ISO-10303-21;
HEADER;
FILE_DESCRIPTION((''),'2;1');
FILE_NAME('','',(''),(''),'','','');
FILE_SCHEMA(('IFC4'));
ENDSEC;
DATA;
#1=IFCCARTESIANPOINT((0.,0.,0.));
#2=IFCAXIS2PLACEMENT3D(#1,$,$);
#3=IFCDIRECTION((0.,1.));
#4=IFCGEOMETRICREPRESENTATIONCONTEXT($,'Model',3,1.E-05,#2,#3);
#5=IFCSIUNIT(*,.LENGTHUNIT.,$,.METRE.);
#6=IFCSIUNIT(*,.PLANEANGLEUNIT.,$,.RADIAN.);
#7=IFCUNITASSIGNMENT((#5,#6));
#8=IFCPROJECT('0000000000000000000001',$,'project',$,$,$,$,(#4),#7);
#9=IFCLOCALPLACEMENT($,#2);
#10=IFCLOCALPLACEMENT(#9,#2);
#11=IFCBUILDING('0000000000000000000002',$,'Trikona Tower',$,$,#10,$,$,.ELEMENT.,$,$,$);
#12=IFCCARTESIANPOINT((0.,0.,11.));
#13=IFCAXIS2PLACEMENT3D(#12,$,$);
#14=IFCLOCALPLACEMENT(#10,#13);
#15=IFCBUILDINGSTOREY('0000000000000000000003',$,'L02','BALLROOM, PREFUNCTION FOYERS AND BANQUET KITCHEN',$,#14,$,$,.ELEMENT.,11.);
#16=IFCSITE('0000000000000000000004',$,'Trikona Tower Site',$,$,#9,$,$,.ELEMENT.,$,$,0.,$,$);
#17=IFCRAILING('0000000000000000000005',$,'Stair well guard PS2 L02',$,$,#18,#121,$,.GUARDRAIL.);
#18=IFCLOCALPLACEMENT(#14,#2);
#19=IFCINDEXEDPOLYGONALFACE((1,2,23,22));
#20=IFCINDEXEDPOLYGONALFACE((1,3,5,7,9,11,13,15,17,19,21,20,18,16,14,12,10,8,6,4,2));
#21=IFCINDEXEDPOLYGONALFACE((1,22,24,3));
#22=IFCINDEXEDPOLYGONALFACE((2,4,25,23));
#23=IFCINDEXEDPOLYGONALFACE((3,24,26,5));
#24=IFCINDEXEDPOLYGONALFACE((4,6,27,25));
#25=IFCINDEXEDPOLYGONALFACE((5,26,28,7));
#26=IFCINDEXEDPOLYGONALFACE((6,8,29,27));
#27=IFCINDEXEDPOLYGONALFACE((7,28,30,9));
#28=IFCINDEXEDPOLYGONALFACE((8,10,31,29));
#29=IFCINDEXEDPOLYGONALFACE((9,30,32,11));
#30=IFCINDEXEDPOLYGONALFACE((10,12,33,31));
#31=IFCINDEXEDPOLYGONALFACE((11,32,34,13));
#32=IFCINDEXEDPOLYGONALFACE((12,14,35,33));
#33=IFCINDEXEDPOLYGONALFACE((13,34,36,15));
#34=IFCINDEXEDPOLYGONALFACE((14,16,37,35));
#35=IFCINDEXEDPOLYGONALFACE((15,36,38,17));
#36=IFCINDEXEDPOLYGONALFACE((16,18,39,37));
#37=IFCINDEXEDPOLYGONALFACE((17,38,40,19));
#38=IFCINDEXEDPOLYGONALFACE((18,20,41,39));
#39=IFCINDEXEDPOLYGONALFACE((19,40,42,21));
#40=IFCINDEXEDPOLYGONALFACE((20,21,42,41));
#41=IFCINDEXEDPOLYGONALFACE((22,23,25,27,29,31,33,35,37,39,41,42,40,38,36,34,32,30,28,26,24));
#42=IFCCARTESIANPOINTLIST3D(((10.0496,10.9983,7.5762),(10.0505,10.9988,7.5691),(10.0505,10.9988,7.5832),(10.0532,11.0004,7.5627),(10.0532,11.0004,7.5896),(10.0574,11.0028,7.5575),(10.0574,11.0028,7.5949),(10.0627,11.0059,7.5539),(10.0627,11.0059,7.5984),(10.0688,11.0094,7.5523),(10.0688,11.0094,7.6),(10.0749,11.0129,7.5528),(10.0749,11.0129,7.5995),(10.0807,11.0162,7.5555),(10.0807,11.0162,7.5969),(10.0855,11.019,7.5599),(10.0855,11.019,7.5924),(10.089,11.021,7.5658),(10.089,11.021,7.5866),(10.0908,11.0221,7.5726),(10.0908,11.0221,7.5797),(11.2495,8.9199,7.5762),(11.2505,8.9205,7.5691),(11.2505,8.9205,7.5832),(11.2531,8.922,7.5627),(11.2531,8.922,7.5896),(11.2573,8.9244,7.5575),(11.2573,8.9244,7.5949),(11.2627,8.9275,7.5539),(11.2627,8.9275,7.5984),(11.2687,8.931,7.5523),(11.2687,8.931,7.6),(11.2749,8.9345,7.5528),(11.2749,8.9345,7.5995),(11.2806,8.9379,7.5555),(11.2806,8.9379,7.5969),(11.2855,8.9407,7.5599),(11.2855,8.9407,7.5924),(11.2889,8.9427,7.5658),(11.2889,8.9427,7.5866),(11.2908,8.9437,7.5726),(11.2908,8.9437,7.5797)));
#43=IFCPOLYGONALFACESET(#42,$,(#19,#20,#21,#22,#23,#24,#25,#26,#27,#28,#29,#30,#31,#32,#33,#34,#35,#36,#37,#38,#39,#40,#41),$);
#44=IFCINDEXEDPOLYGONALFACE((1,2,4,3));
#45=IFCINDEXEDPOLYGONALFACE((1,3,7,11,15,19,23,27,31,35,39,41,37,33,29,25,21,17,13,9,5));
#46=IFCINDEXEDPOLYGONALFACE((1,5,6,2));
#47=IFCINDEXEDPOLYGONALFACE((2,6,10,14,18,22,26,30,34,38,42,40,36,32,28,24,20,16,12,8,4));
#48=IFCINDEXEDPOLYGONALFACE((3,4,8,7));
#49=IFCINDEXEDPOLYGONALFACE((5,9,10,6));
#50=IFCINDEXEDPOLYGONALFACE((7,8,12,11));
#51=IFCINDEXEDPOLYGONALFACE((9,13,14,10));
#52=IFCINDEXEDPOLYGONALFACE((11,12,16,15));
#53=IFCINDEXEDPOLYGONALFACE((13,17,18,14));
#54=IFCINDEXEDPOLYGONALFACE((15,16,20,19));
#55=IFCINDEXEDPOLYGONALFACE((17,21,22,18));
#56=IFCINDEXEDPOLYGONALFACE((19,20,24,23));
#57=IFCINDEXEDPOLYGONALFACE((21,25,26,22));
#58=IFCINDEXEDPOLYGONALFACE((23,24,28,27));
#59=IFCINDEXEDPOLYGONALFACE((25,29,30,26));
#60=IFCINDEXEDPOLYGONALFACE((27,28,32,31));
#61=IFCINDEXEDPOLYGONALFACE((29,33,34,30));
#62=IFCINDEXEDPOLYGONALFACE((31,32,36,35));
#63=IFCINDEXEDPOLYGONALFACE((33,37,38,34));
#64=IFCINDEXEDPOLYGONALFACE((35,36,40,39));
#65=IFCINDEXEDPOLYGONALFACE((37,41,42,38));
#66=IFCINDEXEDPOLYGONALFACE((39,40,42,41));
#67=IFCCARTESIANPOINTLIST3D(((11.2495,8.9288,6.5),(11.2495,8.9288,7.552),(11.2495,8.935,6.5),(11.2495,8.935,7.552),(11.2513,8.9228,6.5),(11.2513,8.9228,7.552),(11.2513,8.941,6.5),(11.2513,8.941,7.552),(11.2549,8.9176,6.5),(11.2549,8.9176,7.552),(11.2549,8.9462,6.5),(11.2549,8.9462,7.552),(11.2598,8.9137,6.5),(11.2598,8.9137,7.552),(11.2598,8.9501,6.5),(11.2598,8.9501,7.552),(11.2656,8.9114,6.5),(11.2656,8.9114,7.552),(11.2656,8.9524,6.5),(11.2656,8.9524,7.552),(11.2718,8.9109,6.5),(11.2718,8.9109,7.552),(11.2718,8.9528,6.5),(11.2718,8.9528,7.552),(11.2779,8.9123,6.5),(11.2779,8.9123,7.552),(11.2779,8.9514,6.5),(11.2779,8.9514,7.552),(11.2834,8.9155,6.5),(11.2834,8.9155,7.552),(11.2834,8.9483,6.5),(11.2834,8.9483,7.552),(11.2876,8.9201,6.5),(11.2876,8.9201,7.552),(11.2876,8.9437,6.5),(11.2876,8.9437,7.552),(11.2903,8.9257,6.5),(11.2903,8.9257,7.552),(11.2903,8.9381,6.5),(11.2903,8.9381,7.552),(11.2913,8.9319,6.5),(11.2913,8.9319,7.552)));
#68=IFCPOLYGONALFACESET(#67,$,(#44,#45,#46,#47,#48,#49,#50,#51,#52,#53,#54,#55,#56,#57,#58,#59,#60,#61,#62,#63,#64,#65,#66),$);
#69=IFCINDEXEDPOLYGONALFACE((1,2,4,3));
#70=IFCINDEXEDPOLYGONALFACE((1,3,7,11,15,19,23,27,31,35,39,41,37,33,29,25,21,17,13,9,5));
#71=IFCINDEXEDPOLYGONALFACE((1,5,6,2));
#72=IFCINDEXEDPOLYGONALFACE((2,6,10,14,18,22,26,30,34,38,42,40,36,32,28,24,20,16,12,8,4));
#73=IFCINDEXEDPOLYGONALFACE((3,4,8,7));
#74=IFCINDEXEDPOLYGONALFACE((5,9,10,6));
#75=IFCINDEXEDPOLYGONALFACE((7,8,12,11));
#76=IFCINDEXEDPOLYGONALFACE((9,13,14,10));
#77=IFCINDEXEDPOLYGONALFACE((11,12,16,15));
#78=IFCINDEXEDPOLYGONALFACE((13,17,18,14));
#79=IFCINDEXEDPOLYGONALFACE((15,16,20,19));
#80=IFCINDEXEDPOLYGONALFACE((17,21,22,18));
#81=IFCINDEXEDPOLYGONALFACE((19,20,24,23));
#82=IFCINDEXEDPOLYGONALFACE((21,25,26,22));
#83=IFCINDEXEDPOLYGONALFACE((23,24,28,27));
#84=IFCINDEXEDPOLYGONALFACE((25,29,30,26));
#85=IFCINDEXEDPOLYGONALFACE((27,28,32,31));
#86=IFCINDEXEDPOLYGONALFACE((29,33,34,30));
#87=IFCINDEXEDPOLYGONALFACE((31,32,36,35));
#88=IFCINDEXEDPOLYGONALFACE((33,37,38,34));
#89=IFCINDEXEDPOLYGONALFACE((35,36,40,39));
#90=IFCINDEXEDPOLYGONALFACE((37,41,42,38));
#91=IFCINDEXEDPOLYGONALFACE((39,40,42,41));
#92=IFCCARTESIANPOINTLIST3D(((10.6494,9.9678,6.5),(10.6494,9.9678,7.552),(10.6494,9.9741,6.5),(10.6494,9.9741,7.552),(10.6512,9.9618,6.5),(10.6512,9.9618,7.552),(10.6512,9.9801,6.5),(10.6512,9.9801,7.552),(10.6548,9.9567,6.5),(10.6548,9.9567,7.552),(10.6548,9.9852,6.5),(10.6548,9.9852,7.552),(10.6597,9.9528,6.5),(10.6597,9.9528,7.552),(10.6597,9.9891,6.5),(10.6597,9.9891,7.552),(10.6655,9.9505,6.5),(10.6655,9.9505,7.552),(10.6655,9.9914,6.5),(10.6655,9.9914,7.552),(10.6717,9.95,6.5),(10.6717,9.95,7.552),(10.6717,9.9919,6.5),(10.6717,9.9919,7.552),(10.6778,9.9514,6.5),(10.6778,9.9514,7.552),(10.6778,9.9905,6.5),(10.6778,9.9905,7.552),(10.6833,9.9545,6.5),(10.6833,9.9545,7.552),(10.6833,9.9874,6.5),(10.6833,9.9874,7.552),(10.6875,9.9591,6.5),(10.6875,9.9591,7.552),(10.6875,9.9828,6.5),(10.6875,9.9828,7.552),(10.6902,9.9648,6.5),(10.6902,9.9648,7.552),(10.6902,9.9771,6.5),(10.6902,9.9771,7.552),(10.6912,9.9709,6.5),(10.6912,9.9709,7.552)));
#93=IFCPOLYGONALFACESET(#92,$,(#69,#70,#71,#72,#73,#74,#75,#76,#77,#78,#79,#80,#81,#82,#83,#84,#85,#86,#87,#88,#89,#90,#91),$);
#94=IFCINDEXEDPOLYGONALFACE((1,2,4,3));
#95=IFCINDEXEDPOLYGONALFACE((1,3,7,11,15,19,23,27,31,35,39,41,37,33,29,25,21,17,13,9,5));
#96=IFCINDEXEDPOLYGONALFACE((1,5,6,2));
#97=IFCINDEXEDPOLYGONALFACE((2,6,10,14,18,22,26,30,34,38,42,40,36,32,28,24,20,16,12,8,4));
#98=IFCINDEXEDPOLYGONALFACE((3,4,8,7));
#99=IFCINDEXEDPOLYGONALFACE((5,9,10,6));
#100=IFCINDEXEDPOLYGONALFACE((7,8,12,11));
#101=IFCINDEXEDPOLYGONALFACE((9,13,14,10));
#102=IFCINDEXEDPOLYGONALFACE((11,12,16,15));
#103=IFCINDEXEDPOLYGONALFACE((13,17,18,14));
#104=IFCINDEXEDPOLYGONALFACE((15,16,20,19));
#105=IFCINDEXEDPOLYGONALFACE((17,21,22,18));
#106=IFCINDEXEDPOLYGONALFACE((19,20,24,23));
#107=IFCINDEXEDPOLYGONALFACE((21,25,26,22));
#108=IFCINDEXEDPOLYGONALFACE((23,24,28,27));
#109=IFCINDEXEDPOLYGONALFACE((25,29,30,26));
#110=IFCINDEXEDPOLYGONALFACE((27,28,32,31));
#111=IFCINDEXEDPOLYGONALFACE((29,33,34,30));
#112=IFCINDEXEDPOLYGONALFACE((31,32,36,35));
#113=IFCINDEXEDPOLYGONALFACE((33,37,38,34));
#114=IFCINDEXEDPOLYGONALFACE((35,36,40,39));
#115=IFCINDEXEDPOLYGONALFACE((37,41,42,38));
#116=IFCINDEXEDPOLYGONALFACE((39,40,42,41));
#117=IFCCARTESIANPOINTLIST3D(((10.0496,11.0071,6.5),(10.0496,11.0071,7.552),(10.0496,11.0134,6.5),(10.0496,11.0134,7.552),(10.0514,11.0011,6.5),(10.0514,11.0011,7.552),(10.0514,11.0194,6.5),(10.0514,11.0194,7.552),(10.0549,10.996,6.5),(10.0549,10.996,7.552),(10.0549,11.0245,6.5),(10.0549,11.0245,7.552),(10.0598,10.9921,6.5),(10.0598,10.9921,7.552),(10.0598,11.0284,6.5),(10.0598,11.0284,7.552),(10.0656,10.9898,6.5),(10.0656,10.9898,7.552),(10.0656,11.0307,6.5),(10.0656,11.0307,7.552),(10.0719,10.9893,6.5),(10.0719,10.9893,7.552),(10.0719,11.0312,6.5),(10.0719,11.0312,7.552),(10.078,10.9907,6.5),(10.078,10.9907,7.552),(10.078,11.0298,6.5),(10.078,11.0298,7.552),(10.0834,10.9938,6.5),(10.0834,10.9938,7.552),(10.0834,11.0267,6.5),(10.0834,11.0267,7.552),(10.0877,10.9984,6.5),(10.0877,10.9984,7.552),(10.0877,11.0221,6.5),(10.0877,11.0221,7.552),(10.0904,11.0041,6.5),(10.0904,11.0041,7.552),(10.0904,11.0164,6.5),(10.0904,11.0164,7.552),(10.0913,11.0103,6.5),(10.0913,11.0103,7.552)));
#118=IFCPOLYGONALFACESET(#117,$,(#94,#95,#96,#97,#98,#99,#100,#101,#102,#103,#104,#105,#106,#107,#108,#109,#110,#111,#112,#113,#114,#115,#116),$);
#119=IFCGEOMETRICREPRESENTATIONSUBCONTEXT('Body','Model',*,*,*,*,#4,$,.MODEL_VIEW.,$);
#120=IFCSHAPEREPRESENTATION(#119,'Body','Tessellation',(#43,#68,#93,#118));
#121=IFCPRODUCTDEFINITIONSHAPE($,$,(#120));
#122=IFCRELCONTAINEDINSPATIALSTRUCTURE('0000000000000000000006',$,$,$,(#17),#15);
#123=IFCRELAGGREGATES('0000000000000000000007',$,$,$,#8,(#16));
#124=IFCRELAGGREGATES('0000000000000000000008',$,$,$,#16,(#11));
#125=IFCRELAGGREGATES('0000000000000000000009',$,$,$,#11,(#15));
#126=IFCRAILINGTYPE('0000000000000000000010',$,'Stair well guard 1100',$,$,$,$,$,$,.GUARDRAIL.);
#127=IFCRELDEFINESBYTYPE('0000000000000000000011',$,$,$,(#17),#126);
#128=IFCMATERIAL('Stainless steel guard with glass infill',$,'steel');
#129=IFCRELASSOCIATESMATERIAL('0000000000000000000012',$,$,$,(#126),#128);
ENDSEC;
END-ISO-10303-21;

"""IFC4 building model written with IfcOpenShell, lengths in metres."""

from ifc_helpers import new_model, si_unit, direction, frame, origin, origin_2d, place, context, subcontext, project, spatial, circle, extrude, material, type_object, element, save


model = new_model("IFC4")

# Units and contexts
model_context = context("Model", 3, precision=1e-05, world=origin(), true_north=direction((0.0, 1.0)))
body_context = subcontext(model_context, "Body", "Model", "MODEL_VIEW")
ifc_project = project(units=[si_unit("LENGTHUNIT", "METRE"), si_unit("PLANEANGLEUNIT", "RADIAN")], contexts=[model_context])

# Site, building, storey
site_placement = place(None, origin())
site = spatial("IfcSite", under=ifc_project, at=site_placement, Name="Trikona Tower Site", CompositionType="ELEMENT", RefElevation=0.0)
building_placement = place(site_placement, origin())
building = spatial("IfcBuilding", under=site, at=building_placement, Name="Trikona Tower", CompositionType="ELEMENT")
storey_placement = place(building_placement, frame((0.0, 0.0, 11.0)))
storey = spatial("IfcBuildingStorey", under=building, at=storey_placement, Name="L02", Description="BALLROOM, PREFUNCTION FOYERS AND BANQUET KITCHEN", CompositionType="ELEMENT", Elevation=11.0)

# Railing
ifc_material_1 = material(Name="Stainless steel guard with glass infill", Category="steel")
railing_type_1 = type_object("IfcRailingType", Name="Stair well guard 1100", PredefinedType="GUARDRAIL", material=ifc_material_1)
railing_1_placement = place(storey_placement, frame((11.2703, 8.9319, 6.5)))
element("IfcRailing", 1, at=railing_1_placement, inside=storey, type_object=railing_type_1, Name="Stair well guard PS2 L02", PredefinedType="GUARDRAIL", context=body_context, shape_type="SweptSolid", body=[
    extrude(circle(Radius=0.0239, at=origin_2d()), frame((0.0, 0.0, 1.0762), z_axis=(-0.500001, 0.866025, 0.0), x_axis=(-0.866025, -0.500001, 0.0)), (0.0, 0.0, 1.0), 2.3999),
    extrude(circle(Radius=0.021, at=origin_2d()), origin(), (0.0, 0.0, 1.0), 1.052),
    extrude(circle(Radius=0.021, at=origin_2d()), frame((-0.6001, 1.0391, 0.0)), (0.0, 0.0, 1.0), 1.052),
    extrude(circle(Radius=0.021, at=origin_2d()), frame((-1.2, 2.0784, 0.0)), (0.0, 0.0, 1.0), 1.052),
])

save(model, "model.ifc")
